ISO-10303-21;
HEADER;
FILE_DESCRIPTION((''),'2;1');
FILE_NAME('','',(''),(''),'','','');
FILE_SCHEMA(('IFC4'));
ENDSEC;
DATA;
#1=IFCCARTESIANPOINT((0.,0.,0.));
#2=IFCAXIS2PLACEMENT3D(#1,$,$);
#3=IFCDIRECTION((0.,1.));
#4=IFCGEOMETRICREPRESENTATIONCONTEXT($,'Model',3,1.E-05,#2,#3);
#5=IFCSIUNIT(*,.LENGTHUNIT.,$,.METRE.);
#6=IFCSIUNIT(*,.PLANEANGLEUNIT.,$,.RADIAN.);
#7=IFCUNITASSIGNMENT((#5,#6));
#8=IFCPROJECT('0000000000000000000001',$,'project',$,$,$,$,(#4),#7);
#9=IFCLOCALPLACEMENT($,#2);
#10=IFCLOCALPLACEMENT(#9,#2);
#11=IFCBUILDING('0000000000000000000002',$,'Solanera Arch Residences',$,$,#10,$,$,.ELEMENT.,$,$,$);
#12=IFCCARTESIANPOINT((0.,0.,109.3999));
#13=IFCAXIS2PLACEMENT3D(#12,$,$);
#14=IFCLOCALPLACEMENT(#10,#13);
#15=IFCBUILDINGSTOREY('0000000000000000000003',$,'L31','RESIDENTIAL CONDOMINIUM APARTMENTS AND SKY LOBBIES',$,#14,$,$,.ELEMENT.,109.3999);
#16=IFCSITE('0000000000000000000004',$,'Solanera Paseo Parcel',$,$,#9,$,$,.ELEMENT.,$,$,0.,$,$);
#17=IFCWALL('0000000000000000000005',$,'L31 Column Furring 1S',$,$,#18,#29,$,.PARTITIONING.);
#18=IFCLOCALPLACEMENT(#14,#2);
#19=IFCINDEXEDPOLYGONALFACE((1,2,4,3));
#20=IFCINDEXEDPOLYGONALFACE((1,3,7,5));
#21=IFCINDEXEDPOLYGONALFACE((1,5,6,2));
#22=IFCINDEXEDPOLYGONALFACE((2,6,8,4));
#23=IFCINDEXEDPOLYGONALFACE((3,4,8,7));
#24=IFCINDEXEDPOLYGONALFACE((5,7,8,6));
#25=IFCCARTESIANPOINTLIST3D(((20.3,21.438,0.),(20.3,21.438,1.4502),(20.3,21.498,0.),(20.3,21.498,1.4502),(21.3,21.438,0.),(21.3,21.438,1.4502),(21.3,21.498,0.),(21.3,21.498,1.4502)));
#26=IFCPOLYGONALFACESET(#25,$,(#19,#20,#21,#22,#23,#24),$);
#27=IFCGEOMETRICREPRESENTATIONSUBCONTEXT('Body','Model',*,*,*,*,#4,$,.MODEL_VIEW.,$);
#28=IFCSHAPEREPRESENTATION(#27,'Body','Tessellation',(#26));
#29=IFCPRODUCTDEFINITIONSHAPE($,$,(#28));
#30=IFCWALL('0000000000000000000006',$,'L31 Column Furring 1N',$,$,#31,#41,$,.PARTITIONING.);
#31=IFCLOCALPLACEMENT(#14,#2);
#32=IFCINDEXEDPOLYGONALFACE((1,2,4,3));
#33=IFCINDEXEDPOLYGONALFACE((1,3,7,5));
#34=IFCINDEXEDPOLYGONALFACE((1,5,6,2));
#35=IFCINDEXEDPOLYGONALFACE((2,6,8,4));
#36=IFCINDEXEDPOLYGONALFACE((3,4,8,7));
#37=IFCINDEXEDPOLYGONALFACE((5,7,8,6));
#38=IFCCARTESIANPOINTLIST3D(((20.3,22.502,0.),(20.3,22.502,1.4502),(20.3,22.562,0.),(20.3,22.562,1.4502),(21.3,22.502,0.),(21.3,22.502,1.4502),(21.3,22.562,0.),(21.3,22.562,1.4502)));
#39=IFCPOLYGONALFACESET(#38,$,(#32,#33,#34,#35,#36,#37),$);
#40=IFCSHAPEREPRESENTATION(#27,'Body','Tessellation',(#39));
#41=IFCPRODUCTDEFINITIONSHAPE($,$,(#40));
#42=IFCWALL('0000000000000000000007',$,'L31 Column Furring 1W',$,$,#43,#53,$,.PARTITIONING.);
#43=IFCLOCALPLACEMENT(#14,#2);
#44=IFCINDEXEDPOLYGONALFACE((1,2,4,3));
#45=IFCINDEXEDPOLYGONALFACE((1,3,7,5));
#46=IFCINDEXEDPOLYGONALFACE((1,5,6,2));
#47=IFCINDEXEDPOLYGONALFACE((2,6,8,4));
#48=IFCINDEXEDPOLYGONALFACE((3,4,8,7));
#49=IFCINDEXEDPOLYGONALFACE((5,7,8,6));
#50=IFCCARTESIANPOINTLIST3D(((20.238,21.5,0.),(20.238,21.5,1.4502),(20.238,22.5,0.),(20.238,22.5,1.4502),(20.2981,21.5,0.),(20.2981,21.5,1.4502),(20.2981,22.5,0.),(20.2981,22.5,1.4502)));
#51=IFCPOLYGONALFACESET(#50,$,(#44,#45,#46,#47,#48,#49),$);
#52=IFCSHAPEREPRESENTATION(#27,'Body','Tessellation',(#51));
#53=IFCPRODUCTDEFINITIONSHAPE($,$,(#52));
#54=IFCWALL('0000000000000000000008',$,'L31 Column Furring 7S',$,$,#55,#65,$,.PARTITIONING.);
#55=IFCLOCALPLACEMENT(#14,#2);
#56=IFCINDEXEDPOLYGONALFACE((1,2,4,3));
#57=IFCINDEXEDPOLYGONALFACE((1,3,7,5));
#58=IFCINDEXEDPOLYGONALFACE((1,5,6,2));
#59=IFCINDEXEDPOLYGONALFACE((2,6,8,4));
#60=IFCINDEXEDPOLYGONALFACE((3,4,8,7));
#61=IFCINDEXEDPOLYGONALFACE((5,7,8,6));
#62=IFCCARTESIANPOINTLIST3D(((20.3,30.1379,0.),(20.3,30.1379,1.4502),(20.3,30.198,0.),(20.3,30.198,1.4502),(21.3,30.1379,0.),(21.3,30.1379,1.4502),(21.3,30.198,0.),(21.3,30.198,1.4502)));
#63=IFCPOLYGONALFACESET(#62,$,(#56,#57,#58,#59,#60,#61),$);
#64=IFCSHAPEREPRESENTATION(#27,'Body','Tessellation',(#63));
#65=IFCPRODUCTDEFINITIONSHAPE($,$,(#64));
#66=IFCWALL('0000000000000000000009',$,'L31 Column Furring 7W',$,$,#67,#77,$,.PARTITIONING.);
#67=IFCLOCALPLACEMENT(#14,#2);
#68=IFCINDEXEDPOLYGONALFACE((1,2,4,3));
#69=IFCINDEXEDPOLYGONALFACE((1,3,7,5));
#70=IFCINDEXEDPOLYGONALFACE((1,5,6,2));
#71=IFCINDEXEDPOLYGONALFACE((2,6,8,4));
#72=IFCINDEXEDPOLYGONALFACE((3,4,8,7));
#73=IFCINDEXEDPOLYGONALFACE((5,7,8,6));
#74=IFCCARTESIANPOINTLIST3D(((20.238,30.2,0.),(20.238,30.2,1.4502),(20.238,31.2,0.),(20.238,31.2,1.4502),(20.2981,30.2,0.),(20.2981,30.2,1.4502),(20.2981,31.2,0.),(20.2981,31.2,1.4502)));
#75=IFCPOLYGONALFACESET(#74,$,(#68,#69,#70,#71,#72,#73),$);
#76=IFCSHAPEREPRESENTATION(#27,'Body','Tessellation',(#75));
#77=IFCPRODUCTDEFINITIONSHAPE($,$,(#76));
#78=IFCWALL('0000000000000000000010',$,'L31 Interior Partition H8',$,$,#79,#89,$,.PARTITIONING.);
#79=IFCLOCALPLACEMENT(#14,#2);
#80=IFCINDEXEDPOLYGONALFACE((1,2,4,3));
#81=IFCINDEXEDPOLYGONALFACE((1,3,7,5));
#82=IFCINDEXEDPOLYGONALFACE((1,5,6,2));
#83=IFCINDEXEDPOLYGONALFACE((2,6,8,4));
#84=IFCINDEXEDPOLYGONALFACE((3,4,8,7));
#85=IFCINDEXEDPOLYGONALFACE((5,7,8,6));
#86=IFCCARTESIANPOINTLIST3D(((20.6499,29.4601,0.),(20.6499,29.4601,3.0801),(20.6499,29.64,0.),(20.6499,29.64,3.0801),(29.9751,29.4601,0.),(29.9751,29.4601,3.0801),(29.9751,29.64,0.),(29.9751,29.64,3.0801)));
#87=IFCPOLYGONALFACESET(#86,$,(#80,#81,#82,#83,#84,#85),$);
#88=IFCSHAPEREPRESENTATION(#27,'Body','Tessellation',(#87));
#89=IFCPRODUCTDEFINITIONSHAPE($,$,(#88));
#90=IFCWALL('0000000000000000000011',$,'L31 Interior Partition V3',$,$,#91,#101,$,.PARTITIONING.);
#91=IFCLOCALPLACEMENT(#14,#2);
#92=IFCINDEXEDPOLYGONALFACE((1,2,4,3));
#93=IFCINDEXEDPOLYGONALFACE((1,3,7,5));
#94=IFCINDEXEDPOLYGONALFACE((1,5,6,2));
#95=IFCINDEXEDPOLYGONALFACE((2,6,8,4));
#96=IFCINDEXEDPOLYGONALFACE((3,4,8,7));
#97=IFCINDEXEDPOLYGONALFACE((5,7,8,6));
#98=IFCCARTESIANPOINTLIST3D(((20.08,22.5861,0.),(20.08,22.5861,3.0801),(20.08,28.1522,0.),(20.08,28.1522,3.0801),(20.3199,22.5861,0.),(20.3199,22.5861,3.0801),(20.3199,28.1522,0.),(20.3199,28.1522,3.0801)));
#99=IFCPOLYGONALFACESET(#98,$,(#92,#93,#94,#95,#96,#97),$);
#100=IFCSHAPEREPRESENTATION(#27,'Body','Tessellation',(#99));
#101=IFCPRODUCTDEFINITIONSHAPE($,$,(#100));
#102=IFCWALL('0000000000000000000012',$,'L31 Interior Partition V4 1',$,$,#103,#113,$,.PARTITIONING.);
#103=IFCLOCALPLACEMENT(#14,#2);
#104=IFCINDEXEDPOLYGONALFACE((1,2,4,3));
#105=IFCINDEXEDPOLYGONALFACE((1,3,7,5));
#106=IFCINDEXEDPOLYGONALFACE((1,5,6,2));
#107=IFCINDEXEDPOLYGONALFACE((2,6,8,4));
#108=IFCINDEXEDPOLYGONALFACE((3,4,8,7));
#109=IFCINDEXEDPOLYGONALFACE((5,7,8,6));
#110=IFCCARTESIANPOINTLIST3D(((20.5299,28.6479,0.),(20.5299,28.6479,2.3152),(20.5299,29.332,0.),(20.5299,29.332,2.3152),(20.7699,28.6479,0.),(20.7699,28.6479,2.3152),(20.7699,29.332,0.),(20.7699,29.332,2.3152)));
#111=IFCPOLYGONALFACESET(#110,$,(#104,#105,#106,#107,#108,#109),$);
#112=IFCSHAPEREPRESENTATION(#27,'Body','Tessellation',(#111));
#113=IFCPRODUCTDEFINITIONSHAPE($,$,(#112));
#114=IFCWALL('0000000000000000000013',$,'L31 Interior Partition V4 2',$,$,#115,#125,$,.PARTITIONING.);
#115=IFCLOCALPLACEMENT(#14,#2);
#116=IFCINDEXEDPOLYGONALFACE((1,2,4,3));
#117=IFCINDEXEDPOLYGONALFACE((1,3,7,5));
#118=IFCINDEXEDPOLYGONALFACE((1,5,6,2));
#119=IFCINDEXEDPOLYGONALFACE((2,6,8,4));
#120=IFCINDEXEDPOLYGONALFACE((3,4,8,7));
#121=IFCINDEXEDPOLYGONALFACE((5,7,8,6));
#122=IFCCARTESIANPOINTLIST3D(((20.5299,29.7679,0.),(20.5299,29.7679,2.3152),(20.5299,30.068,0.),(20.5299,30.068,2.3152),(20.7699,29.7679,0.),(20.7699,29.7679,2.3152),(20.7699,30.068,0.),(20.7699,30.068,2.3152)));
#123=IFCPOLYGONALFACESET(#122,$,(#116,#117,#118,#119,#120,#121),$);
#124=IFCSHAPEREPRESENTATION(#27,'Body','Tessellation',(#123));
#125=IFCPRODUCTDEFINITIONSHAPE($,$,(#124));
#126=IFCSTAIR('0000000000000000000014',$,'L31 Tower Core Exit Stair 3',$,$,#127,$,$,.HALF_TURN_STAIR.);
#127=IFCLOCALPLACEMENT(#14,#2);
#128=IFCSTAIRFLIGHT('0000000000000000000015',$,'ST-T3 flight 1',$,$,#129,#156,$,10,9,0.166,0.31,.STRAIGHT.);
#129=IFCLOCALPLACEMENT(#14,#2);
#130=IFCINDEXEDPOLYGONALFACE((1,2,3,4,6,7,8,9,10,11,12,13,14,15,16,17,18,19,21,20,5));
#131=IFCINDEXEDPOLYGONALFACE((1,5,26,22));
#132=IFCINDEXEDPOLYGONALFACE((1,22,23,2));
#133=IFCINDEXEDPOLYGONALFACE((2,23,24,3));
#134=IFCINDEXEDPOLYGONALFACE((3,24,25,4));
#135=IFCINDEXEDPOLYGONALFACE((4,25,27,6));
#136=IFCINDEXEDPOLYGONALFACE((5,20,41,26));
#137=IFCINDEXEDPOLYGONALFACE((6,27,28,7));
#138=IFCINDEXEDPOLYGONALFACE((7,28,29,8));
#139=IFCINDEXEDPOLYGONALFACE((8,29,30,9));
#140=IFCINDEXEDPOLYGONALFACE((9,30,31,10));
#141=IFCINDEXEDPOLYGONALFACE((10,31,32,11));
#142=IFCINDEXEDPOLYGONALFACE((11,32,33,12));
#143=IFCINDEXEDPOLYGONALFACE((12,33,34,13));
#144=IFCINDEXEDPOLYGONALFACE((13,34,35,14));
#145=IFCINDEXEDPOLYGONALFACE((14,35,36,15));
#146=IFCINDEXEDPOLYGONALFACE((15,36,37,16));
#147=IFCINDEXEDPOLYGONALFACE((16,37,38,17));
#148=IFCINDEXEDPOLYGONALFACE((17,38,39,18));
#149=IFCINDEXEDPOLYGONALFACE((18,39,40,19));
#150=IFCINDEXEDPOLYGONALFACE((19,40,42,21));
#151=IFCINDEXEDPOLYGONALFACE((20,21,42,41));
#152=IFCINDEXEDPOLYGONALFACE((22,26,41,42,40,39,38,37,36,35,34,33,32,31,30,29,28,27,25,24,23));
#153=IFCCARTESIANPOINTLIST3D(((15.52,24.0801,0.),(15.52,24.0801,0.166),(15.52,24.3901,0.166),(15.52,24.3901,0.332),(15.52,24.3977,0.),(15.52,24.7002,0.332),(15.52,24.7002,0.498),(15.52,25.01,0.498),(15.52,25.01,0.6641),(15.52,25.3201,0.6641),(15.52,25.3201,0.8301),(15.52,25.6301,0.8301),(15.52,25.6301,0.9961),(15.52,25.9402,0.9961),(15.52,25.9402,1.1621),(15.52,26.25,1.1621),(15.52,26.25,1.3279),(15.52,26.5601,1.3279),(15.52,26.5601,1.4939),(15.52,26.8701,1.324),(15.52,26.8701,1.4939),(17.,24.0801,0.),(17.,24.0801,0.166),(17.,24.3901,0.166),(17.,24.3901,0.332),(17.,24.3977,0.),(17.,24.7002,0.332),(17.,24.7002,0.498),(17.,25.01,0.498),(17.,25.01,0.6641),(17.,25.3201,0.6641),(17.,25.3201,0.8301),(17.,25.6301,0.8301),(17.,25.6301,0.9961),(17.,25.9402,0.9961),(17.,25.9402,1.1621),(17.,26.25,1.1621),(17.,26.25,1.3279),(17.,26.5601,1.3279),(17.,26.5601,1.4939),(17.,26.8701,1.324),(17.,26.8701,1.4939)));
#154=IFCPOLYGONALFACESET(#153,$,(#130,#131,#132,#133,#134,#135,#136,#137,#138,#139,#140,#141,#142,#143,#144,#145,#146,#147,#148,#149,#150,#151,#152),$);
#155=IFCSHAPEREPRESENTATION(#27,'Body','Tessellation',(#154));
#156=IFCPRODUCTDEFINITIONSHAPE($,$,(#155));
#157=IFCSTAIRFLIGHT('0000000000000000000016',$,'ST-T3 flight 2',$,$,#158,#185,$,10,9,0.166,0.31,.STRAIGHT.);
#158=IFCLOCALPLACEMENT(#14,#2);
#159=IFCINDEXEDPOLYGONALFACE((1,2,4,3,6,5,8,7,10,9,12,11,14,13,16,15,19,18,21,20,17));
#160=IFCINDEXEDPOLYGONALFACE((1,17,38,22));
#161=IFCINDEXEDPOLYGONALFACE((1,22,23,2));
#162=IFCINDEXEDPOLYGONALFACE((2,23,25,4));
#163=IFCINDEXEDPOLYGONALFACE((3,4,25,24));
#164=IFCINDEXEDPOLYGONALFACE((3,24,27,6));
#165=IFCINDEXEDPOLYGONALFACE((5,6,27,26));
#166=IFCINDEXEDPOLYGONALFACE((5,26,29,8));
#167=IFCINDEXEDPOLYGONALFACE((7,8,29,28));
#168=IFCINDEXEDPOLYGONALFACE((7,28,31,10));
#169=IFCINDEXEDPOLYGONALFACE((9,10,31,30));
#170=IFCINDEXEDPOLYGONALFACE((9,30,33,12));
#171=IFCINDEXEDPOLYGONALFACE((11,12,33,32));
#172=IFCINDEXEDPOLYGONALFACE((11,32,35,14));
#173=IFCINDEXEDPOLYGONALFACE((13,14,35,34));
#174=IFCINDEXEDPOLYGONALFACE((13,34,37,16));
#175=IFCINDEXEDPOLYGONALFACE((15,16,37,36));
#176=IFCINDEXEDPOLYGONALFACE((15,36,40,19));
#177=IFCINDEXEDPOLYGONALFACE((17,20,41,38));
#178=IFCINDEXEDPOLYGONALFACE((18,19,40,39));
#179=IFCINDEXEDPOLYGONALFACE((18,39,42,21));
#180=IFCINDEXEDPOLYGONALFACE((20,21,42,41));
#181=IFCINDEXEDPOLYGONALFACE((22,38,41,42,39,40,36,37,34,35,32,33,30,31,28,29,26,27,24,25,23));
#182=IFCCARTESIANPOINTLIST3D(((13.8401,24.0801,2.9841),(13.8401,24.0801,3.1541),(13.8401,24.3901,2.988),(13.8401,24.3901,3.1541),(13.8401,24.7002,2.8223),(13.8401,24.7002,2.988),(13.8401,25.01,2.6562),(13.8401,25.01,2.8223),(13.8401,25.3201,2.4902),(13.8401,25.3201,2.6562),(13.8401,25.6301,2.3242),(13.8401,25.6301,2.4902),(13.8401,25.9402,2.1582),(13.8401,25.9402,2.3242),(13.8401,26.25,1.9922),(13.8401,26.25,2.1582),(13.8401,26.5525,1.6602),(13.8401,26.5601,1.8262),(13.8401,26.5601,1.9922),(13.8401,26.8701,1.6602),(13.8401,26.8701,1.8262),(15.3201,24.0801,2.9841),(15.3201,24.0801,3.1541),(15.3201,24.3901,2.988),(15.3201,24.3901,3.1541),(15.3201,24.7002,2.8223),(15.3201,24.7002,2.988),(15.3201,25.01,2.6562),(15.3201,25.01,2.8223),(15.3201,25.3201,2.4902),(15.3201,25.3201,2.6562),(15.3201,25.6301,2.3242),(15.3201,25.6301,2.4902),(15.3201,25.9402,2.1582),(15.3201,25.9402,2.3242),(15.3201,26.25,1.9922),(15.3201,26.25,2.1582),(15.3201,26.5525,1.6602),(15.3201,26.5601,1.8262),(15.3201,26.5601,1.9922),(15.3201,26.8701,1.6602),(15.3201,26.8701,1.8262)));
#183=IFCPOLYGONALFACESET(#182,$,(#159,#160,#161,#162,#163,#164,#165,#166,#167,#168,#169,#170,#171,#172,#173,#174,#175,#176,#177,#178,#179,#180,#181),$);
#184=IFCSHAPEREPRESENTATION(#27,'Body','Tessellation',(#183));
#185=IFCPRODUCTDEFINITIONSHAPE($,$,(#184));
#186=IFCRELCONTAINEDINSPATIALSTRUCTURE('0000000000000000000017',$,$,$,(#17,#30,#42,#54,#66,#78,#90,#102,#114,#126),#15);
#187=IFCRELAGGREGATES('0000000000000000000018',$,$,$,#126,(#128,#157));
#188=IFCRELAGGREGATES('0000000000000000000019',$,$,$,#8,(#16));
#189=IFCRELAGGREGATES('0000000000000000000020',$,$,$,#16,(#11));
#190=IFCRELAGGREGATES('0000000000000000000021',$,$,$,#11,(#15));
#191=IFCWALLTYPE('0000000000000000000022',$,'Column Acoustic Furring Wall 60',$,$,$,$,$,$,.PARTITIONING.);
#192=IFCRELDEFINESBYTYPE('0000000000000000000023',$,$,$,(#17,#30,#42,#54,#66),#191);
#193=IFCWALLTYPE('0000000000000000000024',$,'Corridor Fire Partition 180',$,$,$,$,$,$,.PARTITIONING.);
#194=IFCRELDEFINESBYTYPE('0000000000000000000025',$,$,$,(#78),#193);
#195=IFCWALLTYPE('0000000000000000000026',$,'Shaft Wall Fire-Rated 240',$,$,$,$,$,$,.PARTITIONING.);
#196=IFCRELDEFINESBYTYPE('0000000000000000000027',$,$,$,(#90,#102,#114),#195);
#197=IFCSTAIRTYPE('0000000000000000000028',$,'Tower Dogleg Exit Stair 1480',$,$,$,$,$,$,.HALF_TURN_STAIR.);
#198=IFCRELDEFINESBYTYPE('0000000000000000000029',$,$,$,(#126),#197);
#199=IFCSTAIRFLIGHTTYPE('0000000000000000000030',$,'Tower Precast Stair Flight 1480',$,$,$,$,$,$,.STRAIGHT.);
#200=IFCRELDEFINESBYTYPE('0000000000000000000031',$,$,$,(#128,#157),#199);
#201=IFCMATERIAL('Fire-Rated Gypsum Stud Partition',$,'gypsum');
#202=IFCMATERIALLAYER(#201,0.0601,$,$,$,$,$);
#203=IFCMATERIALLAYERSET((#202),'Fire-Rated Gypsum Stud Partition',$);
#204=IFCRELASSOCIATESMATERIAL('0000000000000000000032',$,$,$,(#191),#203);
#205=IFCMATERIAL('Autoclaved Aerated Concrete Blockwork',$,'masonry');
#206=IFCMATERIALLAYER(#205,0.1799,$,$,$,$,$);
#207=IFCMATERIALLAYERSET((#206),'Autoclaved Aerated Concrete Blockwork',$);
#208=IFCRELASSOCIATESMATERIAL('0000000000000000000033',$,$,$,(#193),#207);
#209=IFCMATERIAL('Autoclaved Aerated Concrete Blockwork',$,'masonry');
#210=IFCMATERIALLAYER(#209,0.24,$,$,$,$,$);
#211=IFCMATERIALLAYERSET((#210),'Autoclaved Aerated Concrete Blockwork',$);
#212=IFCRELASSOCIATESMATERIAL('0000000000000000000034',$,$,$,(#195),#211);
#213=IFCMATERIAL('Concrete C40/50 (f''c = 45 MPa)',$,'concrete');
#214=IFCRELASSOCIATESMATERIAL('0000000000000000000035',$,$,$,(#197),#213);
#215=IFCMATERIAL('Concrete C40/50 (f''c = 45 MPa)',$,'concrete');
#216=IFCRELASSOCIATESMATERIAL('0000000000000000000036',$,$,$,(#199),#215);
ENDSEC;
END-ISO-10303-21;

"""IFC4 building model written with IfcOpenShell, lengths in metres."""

from ifc_helpers import new_model, si_unit, direction, frame, frame_2d, origin, place, context, subcontext, project, spatial, polyline, rectangle, outline, extrude, material, layer, layer_set, type_object, element, aggregate, save


model = new_model("IFC4")

# Units and contexts
model_context = context("Model", 3, precision=1e-05, world=origin(), true_north=direction((0.0, 1.0)))
body_context = subcontext(model_context, "Body", "Model", "MODEL_VIEW")
ifc_project = project(units=[si_unit("LENGTHUNIT", "METRE"), si_unit("PLANEANGLEUNIT", "RADIAN")], contexts=[model_context])

# Site, building, storey
site_placement = place(None, origin())
site = spatial("IfcSite", under=ifc_project, at=site_placement, Name="Solanera Paseo Parcel", CompositionType="ELEMENT", RefElevation=0.0)
building_placement = place(site_placement, origin())
building = spatial("IfcBuilding", under=site, at=building_placement, Name="Solanera Arch Residences", CompositionType="ELEMENT")
storey_placement = place(building_placement, frame((0.0, 0.0, 109.3999)))
storey = spatial("IfcBuildingStorey", under=building, at=storey_placement, Name="L31", Description="RESIDENTIAL CONDOMINIUM APARTMENTS AND SKY LOBBIES", CompositionType="ELEMENT", Elevation=109.3999)

# Walls
ifc_material_1 = material(Name="Fire-Rated Gypsum Stud Partition", Category="gypsum")
ifc_layer_1 = layer(ifc_material_1, 0.0601)
ifc_layer_set_1 = layer_set([ifc_layer_1], Name="Fire-Rated Gypsum Stud Partition")
wall_type_1 = type_object("IfcWallType", Name="Column Acoustic Furring Wall 60", PredefinedType="PARTITIONING", material=ifc_layer_set_1)
for number, where, z_axis, x_axis, name in (
    (1, (20.3, 21.468, 0.0), (0.0, 0.0, 1.0), (1.0, 0.0, 0.0), "L31 Column Furring 1S"),
    (2, (20.3, 22.532, 0.0), (0.0, 0.0, 1.0), (1.0, 0.0, 0.0), "L31 Column Furring 1N"),
    (3, (20.2681, 21.5, 0.0), (0.0, 0.0, 1.0), (0.0, 1.0, 0.0), "L31 Column Furring 1W"),
    (4, (20.3, 30.168, 0.0), (0.0, 0.0, 1.0), (1.0, 0.0, 0.0), "L31 Column Furring 7S"),
    (5, (20.2681, 30.2, 0.0), (0.0, 0.0, 1.0), (0.0, 1.0, 0.0), "L31 Column Furring 7W"),
):
    element("IfcWall", number, at=place(storey_placement, frame(where, z_axis=z_axis, x_axis=x_axis)), inside=storey, type_object=wall_type_1, Name=name, PredefinedType="PARTITIONING", context=body_context, shape_type="SweptSolid", body=[
        extrude(rectangle(XDim=1.0, YDim=0.0601, at=frame_2d((0.5, 0.0))), origin(), (0.0, 0.0, 1.0), 1.4502),
    ])

# Wall
ifc_material_2 = material(Name="Autoclaved Aerated Concrete Blockwork", Category="masonry")
ifc_layer_2 = layer(ifc_material_2, 0.1799)
ifc_layer_set_2 = layer_set([ifc_layer_2], Name="Autoclaved Aerated Concrete Blockwork")
wall_type_2 = type_object("IfcWallType", Name="Corridor Fire Partition 180", PredefinedType="PARTITIONING", material=ifc_layer_set_2)
wall_1_placement = place(storey_placement, frame((20.6499, 29.55, 0.0), z_axis=(0.0, 0.0, 1.0), x_axis=(1.0, 0.0, 0.0)))
element("IfcWall", 6, at=wall_1_placement, inside=storey, type_object=wall_type_2, Name="L31 Interior Partition H8", PredefinedType="PARTITIONING", context=body_context, shape_type="SweptSolid", body=[
    extrude(rectangle(XDim=9.3252, YDim=0.1799, at=frame_2d((4.6626, 0.0))), origin(), (0.0, 0.0, 1.0), 3.0801),
])

# Shared definitions
ifc_material_3 = material(Name="Autoclaved Aerated Concrete Blockwork", Category="masonry")
ifc_layer_3 = layer(ifc_material_3, 0.24)
ifc_layer_set_3 = layer_set([ifc_layer_3], Name="Autoclaved Aerated Concrete Blockwork")
wall_type_3 = type_object("IfcWallType", Name="Shaft Wall Fire-Rated 240", PredefinedType="PARTITIONING", material=ifc_layer_set_3)

# Walls
wall_2_placement = place(storey_placement, frame((20.2, 22.5859, 0.0), z_axis=(0.0, 0.0, 1.0), x_axis=(0.0, 1.0, 0.0)))
element("IfcWall", 7, at=wall_2_placement, inside=storey, type_object=wall_type_3, Name="L31 Interior Partition V3", PredefinedType="PARTITIONING", context=body_context, shape_type="SweptSolid", body=[
    extrude(rectangle(XDim=5.5662, YDim=0.24, at=frame_2d((2.7832, 0.0))), origin(), (0.0, 0.0, 1.0), 3.0801),
])
wall_3_placement = place(storey_placement, frame((20.6499, 28.6479, 0.0), z_axis=(0.0, 0.0, 1.0), x_axis=(0.0, 1.0, 0.0)))
element("IfcWall", 8, at=wall_3_placement, inside=storey, type_object=wall_type_3, Name="L31 Interior Partition V4 1", PredefinedType="PARTITIONING", context=body_context, shape_type="SweptSolid", body=[
    extrude(rectangle(XDim=0.6841, YDim=0.24, at=frame_2d((0.342, 0.0))), origin(), (0.0, 0.0, 1.0), 2.3152),
])
wall_4_placement = place(storey_placement, frame((20.6499, 29.7681, 0.0), z_axis=(0.0, 0.0, 1.0), x_axis=(0.0, 1.0, 0.0)))
element("IfcWall", 9, at=wall_4_placement, inside=storey, type_object=wall_type_3, Name="L31 Interior Partition V4 2", PredefinedType="PARTITIONING", context=body_context, shape_type="SweptSolid", body=[
    extrude(rectangle(XDim=0.3, YDim=0.24, at=frame_2d((0.1499, 0.0))), origin(), (0.0, 0.0, 1.0), 2.3152),
])

# Stair, stair flights
ifc_material_4 = material(Name="Concrete C40/50 (f'c = 45 MPa)", Category="concrete")
stair_type = type_object("IfcStairType", Name="Tower Dogleg Exit Stair 1480", PredefinedType="HALF_TURN_STAIR", material=ifc_material_4)
stair_placement = place(storey_placement, origin())
stair = element("IfcStair", 10, at=stair_placement, inside=storey, type_object=stair_type, Name="L31 Tower Core Exit Stair 3", PredefinedType="HALF_TURN_STAIR")
ifc_material_5 = material(Name="Concrete C40/50 (f'c = 45 MPa)", Category="concrete")
stair_flight_type = type_object("IfcStairFlightType", Name="Tower Precast Stair Flight 1480", PredefinedType="STRAIGHT", material=ifc_material_5)
stair_flight_1_placement = place(storey_placement, frame((16.26, 24.0801, 0.0), z_axis=(0.0, 0.0, 1.0), x_axis=(0.0, 1.0, 0.0)))
stair_flight_1 = element("IfcStairFlight", 11, at=stair_flight_1_placement, type_object=stair_flight_type, Name="ST-T3 flight 1", NumberOfRisers=10, NumberOfTreads=9, PredefinedType="STRAIGHT", RiserHeight=0.166, TreadLength=0.31, context=body_context, shape_type="SweptSolid", body=[
    extrude(outline(polyline([(0.0, 0.0), (0.0, 0.166), (0.3101, 0.166), (0.3101, 0.332), (0.6201, 0.332), (0.6201, 0.498), (0.9299, 0.498), (0.9299, 0.6641), (1.24, 0.6641), (1.24, 0.8301), (1.55, 0.8301), (1.55, 0.9961), (1.8601, 0.9961), (1.8601, 1.1621), (2.1699, 1.1621), (2.1699, 1.3279), (2.48, 1.3279), (2.48, 1.4939), (2.79, 1.4939), (2.79, 1.6599), (2.79, 1.324), (0.3176, 0.0), (0.0, 0.0)])), frame((0.0, 0.74, 0.0), z_axis=(0.0, -1.0, 0.0), x_axis=(1.0, 0.0, 0.0)), (0.0, 0.0, 1.0), 1.48),
])
stair_flight_2_placement = place(storey_placement, frame((14.5801, 26.8701, 1.6602), z_axis=(0.0, 0.0, 1.0), x_axis=(0.0, -1.0, 0.0)))
stair_flight_2 = element("IfcStairFlight", 12, at=stair_flight_2_placement, type_object=stair_flight_type, Name="ST-T3 flight 2", NumberOfRisers=10, NumberOfTreads=9, PredefinedType="STRAIGHT", RiserHeight=0.166, TreadLength=0.31, context=body_context, shape_type="SweptSolid", body=[
    extrude(outline(polyline([(0.0, 0.0), (0.0, 0.166), (0.3101, 0.166), (0.3101, 0.332), (0.6201, 0.332), (0.6201, 0.498), (0.9299, 0.498), (0.9299, 0.6641), (1.24, 0.6641), (1.24, 0.8301), (1.55, 0.8301), (1.55, 0.9961), (1.8601, 0.9961), (1.8601, 1.1621), (2.1699, 1.1621), (2.1699, 1.3279), (2.48, 1.3279), (2.48, 1.4939), (2.79, 1.4939), (2.79, 1.6599), (2.79, 1.324), (0.3176, 0.0), (0.0, 0.0)])), frame((0.0, 0.74, 0.0), z_axis=(0.0, -1.0, 0.0), x_axis=(1.0, 0.0, 0.0)), (0.0, 0.0, 1.0), 1.48),
])
aggregate(stair, [stair_flight_1, stair_flight_2])

save(model, "model.ifc")
